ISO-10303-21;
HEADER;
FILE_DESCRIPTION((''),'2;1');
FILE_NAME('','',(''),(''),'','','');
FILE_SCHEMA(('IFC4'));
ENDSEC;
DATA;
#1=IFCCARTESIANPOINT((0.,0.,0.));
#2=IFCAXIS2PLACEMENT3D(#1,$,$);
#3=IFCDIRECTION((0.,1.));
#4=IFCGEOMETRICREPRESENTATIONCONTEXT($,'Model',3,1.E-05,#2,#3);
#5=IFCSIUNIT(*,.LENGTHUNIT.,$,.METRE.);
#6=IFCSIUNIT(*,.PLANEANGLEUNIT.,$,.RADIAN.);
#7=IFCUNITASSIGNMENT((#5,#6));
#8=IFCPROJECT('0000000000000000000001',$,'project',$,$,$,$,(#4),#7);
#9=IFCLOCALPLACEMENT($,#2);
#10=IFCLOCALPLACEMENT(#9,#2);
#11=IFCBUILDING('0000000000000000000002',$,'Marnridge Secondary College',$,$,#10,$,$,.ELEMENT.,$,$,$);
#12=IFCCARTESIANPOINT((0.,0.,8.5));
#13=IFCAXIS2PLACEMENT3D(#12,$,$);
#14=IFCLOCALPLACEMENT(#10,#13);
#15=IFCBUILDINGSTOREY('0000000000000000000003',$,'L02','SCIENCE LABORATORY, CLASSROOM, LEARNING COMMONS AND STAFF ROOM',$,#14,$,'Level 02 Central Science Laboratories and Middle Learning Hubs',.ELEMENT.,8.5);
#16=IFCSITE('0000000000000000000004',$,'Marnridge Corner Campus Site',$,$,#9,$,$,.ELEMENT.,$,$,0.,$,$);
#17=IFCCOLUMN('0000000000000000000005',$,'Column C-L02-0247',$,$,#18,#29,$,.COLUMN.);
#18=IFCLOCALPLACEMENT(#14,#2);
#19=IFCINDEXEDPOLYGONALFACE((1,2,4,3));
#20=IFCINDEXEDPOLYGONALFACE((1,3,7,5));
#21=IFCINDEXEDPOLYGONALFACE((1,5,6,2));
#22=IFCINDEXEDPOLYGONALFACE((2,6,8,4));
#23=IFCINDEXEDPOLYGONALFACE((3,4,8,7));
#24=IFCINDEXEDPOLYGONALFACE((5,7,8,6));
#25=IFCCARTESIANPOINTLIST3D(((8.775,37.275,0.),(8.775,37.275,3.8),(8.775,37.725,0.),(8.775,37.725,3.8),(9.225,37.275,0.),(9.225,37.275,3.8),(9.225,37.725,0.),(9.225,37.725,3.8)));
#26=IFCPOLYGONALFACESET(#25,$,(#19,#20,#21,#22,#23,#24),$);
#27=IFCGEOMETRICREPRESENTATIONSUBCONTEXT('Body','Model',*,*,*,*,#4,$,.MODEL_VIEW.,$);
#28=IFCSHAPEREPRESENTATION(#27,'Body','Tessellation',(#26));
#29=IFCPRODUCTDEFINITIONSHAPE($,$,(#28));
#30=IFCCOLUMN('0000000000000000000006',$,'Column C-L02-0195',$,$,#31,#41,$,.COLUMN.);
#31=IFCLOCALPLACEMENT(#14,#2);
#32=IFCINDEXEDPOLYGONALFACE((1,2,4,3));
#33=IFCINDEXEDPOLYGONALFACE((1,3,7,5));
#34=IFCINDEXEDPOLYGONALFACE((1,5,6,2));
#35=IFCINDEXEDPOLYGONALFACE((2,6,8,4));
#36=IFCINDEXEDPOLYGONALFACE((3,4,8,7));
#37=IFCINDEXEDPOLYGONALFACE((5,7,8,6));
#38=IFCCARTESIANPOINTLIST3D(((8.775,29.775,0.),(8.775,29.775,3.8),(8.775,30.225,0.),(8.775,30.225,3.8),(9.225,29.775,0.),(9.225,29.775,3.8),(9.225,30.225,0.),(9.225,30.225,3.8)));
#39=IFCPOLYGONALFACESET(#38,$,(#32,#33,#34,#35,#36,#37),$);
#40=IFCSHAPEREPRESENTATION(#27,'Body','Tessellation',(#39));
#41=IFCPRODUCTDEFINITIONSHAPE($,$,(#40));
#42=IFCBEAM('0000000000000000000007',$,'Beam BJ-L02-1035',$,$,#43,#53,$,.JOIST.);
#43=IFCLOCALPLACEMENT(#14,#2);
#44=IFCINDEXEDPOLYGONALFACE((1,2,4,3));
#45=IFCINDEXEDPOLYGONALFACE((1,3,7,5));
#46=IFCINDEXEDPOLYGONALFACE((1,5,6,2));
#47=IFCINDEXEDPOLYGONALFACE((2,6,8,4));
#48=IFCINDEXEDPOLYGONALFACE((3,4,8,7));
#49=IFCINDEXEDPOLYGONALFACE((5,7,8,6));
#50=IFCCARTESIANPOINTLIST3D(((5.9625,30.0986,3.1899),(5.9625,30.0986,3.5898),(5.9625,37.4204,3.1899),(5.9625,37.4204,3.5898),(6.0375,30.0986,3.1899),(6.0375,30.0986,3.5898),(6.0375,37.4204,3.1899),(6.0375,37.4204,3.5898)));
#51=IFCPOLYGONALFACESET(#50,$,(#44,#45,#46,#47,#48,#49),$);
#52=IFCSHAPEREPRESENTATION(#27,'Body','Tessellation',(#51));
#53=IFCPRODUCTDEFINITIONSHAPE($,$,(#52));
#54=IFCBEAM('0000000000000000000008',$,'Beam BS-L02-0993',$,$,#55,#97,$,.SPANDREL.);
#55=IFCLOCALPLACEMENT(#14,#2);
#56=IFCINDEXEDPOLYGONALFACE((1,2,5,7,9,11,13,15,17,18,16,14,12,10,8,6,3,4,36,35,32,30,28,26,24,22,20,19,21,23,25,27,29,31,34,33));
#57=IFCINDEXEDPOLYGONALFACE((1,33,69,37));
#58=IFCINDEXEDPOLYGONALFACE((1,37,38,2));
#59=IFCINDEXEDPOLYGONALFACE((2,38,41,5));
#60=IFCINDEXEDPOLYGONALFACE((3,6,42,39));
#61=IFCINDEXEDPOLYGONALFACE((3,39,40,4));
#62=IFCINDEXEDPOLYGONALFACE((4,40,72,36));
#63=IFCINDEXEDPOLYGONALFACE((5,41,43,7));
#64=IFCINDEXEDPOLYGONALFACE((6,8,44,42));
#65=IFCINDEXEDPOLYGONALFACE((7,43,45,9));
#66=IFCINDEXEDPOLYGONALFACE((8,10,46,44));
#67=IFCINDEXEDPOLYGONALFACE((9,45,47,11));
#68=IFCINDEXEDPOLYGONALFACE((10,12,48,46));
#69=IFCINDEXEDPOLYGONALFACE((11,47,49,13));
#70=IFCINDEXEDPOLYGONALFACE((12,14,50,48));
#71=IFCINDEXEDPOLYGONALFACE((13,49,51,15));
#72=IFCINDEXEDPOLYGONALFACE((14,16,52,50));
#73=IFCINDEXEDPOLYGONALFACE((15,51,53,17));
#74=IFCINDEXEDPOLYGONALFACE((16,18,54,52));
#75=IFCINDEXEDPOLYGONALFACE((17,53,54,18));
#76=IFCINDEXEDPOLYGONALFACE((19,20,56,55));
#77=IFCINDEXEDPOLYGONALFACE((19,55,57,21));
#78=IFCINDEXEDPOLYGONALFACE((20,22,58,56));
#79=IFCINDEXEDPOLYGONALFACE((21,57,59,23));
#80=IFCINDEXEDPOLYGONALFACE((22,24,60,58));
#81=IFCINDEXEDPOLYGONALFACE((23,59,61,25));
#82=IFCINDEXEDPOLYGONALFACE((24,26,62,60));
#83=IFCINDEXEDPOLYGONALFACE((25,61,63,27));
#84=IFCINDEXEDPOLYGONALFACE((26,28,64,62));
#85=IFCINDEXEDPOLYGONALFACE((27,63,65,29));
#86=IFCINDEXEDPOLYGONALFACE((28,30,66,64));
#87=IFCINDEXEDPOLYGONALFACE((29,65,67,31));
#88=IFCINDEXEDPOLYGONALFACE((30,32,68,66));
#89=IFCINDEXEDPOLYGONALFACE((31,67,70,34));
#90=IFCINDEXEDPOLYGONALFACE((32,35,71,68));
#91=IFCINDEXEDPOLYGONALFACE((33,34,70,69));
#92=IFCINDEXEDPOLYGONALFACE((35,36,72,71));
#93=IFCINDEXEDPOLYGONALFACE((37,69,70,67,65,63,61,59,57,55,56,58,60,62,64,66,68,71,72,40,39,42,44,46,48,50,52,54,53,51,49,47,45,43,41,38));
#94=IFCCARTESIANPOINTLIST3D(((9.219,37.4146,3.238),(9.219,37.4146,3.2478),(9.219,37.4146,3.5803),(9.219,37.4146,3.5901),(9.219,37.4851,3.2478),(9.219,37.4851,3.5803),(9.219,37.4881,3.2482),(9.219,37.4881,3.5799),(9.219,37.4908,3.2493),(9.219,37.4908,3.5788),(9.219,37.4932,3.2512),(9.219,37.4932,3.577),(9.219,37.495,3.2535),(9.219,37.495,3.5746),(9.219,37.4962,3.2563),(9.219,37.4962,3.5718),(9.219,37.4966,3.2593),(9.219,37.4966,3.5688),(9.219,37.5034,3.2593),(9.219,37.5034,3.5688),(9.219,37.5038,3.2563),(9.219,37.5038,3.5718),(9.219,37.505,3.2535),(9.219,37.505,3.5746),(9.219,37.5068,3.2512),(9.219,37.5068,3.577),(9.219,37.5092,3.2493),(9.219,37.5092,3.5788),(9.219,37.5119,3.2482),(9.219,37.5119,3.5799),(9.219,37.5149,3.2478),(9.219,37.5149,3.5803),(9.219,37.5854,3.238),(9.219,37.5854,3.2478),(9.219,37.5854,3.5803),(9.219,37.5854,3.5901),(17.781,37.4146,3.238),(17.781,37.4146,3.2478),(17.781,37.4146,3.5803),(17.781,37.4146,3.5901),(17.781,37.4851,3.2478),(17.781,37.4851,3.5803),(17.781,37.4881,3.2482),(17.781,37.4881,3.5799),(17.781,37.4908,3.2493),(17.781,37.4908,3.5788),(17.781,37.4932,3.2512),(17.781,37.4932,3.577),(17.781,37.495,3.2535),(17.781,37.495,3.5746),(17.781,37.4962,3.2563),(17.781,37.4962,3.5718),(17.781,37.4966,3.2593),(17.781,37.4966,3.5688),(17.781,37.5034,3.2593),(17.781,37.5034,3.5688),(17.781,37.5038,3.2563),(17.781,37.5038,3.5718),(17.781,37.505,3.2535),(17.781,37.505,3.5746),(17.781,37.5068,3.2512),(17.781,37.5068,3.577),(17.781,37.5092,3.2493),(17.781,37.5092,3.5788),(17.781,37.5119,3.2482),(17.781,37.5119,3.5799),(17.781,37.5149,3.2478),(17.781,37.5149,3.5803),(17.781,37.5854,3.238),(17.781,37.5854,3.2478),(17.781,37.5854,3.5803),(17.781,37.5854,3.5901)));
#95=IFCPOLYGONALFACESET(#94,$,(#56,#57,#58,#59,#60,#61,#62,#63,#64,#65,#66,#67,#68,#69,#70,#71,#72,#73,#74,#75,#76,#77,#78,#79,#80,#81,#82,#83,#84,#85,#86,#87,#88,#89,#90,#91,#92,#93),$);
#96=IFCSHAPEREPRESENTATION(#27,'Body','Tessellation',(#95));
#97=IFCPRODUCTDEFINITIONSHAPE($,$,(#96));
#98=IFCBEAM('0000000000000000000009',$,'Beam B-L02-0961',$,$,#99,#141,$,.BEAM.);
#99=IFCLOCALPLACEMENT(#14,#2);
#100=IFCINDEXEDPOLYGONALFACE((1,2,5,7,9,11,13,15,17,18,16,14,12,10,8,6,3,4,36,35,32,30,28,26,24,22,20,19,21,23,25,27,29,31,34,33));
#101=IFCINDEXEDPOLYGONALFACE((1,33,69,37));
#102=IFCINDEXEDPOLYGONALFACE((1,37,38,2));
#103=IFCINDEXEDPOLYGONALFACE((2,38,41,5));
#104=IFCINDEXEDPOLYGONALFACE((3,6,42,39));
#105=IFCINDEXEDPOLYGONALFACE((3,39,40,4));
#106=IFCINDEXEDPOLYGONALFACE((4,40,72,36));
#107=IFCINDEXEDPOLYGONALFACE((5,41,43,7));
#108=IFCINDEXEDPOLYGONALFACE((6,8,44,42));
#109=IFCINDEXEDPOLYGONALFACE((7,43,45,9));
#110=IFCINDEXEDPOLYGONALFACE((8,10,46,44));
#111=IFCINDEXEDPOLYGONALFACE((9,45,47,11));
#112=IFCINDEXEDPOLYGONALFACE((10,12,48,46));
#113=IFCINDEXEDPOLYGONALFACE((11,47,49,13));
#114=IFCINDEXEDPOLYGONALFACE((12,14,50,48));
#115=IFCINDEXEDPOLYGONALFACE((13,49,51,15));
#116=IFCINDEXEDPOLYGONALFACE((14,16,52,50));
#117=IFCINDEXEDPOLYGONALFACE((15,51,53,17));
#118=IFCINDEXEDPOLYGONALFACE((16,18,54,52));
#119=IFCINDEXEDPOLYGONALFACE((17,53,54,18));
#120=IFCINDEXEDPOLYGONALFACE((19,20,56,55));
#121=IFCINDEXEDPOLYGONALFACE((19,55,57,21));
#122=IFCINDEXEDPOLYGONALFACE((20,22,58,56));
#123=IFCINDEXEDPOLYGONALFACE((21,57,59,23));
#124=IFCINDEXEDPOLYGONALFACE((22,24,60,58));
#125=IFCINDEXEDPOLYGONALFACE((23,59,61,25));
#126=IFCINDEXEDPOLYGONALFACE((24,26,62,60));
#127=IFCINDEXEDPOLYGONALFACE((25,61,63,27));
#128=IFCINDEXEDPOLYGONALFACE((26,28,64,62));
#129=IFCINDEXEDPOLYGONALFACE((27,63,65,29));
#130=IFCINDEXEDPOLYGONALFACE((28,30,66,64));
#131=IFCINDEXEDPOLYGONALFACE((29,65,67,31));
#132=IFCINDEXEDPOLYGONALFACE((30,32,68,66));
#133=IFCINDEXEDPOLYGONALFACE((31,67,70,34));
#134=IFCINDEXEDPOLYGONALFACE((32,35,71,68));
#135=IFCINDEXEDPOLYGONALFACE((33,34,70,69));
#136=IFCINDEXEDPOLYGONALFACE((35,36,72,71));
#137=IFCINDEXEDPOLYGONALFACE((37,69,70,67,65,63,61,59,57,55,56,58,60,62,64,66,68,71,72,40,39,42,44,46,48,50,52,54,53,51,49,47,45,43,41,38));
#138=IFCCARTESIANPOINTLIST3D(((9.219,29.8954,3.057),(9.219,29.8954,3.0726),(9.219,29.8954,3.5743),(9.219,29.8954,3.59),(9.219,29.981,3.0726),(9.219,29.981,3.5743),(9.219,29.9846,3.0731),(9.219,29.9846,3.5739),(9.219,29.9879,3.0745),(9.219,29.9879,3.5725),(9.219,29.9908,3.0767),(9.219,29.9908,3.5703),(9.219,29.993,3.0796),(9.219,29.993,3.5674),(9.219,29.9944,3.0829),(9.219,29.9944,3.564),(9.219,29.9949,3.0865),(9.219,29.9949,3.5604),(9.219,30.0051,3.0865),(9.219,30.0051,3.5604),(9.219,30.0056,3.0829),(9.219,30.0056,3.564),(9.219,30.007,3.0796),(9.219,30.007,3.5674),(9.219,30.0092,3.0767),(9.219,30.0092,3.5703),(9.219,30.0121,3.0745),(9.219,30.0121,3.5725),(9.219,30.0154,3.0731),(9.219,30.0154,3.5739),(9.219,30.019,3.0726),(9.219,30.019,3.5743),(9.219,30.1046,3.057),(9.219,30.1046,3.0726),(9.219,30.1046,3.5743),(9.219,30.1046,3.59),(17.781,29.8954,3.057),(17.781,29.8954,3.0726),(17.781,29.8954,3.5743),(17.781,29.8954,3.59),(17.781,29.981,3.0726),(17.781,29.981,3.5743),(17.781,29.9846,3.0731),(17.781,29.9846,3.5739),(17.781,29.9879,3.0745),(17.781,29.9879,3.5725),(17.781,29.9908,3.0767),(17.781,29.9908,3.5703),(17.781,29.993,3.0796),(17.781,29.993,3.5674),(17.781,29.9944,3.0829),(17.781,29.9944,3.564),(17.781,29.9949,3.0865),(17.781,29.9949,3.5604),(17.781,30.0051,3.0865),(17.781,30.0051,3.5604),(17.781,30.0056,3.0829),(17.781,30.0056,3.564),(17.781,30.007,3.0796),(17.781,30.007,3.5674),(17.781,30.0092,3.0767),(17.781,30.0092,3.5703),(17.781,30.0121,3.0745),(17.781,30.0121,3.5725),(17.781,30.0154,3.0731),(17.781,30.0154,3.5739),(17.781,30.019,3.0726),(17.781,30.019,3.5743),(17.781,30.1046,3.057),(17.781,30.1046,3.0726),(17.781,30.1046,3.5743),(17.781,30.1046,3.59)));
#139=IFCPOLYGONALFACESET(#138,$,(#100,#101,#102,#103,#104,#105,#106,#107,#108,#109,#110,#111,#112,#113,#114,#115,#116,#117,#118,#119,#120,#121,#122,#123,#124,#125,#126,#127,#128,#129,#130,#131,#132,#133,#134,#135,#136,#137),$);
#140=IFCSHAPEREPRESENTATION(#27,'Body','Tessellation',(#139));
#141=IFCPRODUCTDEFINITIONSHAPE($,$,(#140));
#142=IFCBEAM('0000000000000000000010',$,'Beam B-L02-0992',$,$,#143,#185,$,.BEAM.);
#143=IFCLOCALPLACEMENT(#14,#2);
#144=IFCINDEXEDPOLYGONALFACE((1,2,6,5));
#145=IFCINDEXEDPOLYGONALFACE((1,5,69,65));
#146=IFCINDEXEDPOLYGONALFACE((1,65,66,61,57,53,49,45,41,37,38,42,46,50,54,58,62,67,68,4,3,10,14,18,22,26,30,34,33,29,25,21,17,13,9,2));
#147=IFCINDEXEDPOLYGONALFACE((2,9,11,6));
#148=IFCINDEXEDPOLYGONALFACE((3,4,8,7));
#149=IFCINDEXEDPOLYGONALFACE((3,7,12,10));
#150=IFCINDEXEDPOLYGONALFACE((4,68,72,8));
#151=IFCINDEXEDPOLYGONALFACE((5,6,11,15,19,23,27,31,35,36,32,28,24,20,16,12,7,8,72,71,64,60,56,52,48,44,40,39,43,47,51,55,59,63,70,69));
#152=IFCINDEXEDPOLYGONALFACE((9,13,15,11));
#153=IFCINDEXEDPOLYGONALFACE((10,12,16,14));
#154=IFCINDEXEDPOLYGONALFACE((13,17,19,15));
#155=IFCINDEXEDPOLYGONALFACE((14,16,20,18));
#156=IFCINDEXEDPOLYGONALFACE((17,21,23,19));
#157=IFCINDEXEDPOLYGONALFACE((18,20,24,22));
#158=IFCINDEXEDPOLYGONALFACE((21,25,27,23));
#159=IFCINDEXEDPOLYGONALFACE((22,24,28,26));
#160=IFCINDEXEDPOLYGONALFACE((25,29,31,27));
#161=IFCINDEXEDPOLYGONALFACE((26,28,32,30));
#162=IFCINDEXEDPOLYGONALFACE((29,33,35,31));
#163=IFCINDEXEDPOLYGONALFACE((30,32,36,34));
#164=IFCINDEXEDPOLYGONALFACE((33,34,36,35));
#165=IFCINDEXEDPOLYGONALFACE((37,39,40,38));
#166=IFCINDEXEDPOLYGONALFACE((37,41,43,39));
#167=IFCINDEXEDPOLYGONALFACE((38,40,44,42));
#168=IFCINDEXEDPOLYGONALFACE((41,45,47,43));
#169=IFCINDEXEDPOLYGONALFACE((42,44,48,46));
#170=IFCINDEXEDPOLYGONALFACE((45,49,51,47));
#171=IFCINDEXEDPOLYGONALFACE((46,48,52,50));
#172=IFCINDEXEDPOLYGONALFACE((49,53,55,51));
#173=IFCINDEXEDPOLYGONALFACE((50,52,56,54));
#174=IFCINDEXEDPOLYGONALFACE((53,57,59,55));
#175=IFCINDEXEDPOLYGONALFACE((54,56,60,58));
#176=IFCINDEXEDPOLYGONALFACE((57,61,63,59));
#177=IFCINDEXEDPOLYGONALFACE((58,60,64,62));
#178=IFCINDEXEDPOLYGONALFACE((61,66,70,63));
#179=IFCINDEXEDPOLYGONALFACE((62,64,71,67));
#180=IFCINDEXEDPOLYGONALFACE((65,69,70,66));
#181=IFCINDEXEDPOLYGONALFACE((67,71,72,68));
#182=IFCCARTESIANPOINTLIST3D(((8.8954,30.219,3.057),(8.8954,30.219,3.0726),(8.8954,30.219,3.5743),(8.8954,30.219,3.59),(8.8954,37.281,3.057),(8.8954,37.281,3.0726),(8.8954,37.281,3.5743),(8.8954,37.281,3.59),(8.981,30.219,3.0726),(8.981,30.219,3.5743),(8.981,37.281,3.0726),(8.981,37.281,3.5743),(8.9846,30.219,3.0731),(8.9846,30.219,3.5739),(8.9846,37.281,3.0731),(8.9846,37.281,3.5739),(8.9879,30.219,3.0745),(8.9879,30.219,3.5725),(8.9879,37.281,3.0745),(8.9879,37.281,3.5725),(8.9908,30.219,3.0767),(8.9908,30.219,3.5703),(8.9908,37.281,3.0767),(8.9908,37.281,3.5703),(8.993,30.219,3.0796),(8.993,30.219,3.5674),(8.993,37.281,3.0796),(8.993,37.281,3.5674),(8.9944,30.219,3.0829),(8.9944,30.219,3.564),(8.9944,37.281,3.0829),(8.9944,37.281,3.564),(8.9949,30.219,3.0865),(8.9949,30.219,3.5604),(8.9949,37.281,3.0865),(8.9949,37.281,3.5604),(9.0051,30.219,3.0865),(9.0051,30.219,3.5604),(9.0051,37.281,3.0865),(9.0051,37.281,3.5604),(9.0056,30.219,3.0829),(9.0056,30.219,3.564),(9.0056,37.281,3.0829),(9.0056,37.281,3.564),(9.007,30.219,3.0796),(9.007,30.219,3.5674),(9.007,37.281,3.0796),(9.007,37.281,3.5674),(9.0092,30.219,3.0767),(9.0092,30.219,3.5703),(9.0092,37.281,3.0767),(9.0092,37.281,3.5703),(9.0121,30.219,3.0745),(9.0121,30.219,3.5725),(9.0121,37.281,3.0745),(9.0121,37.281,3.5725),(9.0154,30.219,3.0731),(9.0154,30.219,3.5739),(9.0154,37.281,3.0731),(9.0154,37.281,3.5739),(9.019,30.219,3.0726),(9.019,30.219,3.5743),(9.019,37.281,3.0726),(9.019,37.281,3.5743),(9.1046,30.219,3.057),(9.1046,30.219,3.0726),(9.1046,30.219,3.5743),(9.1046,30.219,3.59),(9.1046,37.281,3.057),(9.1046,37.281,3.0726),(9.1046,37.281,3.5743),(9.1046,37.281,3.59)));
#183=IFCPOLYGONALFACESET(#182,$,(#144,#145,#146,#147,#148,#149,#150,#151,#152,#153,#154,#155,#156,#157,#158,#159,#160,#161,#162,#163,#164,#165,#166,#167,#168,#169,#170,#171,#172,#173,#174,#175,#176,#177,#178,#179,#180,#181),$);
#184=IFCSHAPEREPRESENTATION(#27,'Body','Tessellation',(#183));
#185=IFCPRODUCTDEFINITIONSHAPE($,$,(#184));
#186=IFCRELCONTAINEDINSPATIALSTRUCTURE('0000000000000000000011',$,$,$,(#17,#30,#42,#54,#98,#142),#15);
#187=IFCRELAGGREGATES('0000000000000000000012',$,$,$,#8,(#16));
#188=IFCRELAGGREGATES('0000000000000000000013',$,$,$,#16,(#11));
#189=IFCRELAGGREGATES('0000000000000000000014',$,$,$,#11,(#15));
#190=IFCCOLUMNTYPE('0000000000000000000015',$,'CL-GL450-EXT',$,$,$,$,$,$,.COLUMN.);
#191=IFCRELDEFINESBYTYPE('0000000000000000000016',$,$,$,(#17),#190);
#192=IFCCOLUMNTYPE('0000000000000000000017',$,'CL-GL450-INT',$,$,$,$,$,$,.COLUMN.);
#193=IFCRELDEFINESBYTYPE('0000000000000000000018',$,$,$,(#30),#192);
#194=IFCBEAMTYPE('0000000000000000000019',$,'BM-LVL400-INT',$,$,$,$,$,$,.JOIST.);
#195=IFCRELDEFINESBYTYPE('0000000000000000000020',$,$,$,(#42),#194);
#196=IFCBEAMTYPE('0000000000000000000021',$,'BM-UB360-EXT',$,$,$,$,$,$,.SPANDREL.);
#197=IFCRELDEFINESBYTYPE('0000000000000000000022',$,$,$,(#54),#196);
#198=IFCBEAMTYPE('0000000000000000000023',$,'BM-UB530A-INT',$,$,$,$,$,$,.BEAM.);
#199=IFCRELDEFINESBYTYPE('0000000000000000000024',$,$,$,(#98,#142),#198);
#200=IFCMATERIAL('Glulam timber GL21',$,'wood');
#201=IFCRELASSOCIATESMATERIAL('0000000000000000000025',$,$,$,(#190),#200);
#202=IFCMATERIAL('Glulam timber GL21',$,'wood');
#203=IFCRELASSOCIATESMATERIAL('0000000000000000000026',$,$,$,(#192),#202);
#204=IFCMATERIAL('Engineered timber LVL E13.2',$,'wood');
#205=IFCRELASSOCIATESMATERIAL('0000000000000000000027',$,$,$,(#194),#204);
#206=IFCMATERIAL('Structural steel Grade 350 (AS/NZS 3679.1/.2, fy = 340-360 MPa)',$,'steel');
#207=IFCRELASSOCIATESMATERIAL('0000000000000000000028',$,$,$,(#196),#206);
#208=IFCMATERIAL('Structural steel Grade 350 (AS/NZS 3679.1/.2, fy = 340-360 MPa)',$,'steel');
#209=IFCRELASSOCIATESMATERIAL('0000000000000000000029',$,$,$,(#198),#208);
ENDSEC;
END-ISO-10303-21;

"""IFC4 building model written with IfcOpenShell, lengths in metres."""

from ifc_helpers import new_model, si_unit, direction, frame, origin, origin_2d, place, context, subcontext, project, spatial, rectangle, i_section, extrude, material, material_profile, profile_set, type_object, element, save


model = new_model("IFC4")

# Units and contexts
model_context = context("Model", 3, precision=1e-05, world=origin(), true_north=direction((0.0, 1.0)))
body_context = subcontext(model_context, "Body", "Model", "MODEL_VIEW")
ifc_project = project(units=[si_unit("LENGTHUNIT", "METRE"), si_unit("PLANEANGLEUNIT", "RADIAN")], contexts=[model_context])

# Site, building, storey
site_placement = place(None, origin())
site = spatial("IfcSite", under=ifc_project, at=site_placement, Name="Marnridge Corner Campus Site", CompositionType="ELEMENT", RefElevation=0.0)
building_placement = place(site_placement, origin())
building = spatial("IfcBuilding", under=site, at=building_placement, Name="Marnridge Secondary College", CompositionType="ELEMENT")
storey_placement = place(building_placement, frame((0.0, 0.0, 8.5)))
storey = spatial("IfcBuildingStorey", under=building, at=storey_placement, Name="L02", Description="SCIENCE LABORATORY, CLASSROOM, LEARNING COMMONS AND STAFF ROOM", LongName="Level 02 Central Science Laboratories and Middle Learning Hubs", CompositionType="ELEMENT", Elevation=8.5)

# Columns
ifc_material_1 = material(Name="Glulam timber GL21", Category="wood")
ifc_material_profile_1 = material_profile(ifc_material_1, rectangle(XDim=0.45, YDim=0.45, at=origin_2d()), Name="GL21 450x450")
ifc_profile_set_1 = profile_set([ifc_material_profile_1], Name="Glulam timber GL21")
column_type_1 = type_object("IfcColumnType", Name="CL-GL450-EXT", PredefinedType="COLUMN", material=ifc_profile_set_1)
column_1_placement = place(storey_placement, frame((9.0, 37.5, 0.0), z_axis=(0.0, 0.0, 1.0), x_axis=(1.0, 0.0, 0.0)))
element("IfcColumn", 1, at=column_1_placement, inside=storey, type_object=column_type_1, Name="Column C-L02-0247", PredefinedType="COLUMN", context=body_context, shape_type="SweptSolid", body=[
    extrude(rectangle(XDim=0.45, YDim=0.45, at=origin_2d()), origin(), (0.0, 0.0, 1.0), 3.8),
])
ifc_material_2 = material(Name="Glulam timber GL21", Category="wood")
ifc_material_profile_2 = material_profile(ifc_material_2, rectangle(XDim=0.45, YDim=0.45, at=origin_2d()), Name="GL21 450x450")
ifc_profile_set_2 = profile_set([ifc_material_profile_2], Name="Glulam timber GL21")
column_type_2 = type_object("IfcColumnType", Name="CL-GL450-INT", PredefinedType="COLUMN", material=ifc_profile_set_2)
column_2_placement = place(storey_placement, frame((9.0, 30.0, 0.0), z_axis=(0.0, 0.0, 1.0), x_axis=(1.0, 0.0, 0.0)))
element("IfcColumn", 2, at=column_2_placement, inside=storey, type_object=column_type_2, Name="Column C-L02-0195", PredefinedType="COLUMN", context=body_context, shape_type="SweptSolid", body=[
    extrude(rectangle(XDim=0.45, YDim=0.45, at=origin_2d()), origin(), (0.0, 0.0, 1.0), 3.8),
])

# Beams
ifc_material_3 = material(Name="Engineered timber LVL E13.2", Category="wood")
ifc_material_profile_3 = material_profile(ifc_material_3, rectangle(XDim=0.075, YDim=0.3999, at=origin_2d()), Name="LVL 75x400")
ifc_profile_set_3 = profile_set([ifc_material_profile_3], Name="Engineered timber LVL E13.2")
beam_type_1 = type_object("IfcBeamType", Name="BM-LVL400-INT", PredefinedType="JOIST", material=ifc_profile_set_3)
beam_1_placement = place(storey_placement, frame((6.0, 30.0986, 3.3899), z_axis=(0.0, 1.0, 0.0), x_axis=(-1.0, 0.0, 0.0)))
element("IfcBeam", 3, at=beam_1_placement, inside=storey, type_object=beam_type_1, Name="Beam BJ-L02-1035", PredefinedType="JOIST", context=body_context, shape_type="SweptSolid", body=[
    extrude(rectangle(XDim=0.075, YDim=0.3999, at=origin_2d()), origin(), (0.0, 0.0, 1.0), 7.3218),
])
ifc_material_4 = material(Name="Structural steel Grade 350 (AS/NZS 3679.1/.2, fy = 340-360 MPa)", Category="steel")
ifc_material_profile_4 = material_profile(ifc_material_4, i_section(OverallWidth=0.1709, OverallDepth=0.3521, WebThickness=0.0068, FlangeThickness=0.0098, FilletRadius=0.0115, at=origin_2d()), Name="360UB44.7")
ifc_profile_set_4 = profile_set([ifc_material_profile_4], Name="Structural steel Grade 350 (AS/NZS 3679.1/.2, fy = 340-360 MPa)")
beam_type_2 = type_object("IfcBeamType", Name="BM-UB360-EXT", PredefinedType="SPANDREL", material=ifc_profile_set_4)
beam_2_placement = place(storey_placement, frame((9.219, 37.5, 3.4141), z_axis=(1.0, 0.0, 0.0), x_axis=(0.0, 1.0, 0.0)))
element("IfcBeam", 4, at=beam_2_placement, inside=storey, type_object=beam_type_2, Name="Beam BS-L02-0993", PredefinedType="SPANDREL", context=body_context, shape_type="SweptSolid", body=[
    extrude(i_section(OverallWidth=0.1709, OverallDepth=0.3521, WebThickness=0.0068, FlangeThickness=0.0098, FilletRadius=0.0115, at=origin_2d()), origin(), (0.0, 0.0, 1.0), 8.562),
])
ifc_material_5 = material(Name="Structural steel Grade 350 (AS/NZS 3679.1/.2, fy = 340-360 MPa)", Category="steel")
ifc_material_profile_5 = material_profile(ifc_material_5, i_section(OverallWidth=0.2092, OverallDepth=0.533, WebThickness=0.0103, FlangeThickness=0.0156, FilletRadius=0.0139, at=origin_2d()), Name="530UB92.4")
ifc_profile_set_5 = profile_set([ifc_material_profile_5], Name="Structural steel Grade 350 (AS/NZS 3679.1/.2, fy = 340-360 MPa)")
beam_type_3 = type_object("IfcBeamType", Name="BM-UB530A-INT", PredefinedType="BEAM", material=ifc_profile_set_5)
beam_3_placement = place(storey_placement, frame((9.219, 30.0, 3.3235), z_axis=(1.0, 0.0, 0.0), x_axis=(0.0, 1.0, 0.0)))
element("IfcBeam", 5, at=beam_3_placement, inside=storey, type_object=beam_type_3, Name="Beam B-L02-0961", PredefinedType="BEAM", context=body_context, shape_type="SweptSolid", body=[
    extrude(i_section(OverallWidth=0.2092, OverallDepth=0.533, WebThickness=0.0103, FlangeThickness=0.0156, FilletRadius=0.0139, at=origin_2d()), origin(), (0.0, 0.0, 1.0), 8.562),
])
beam_4_placement = place(storey_placement, frame((9.0, 30.219, 3.3235), z_axis=(0.0, 1.0, 0.0), x_axis=(-1.0, 0.0, 0.0)))
element("IfcBeam", 6, at=beam_4_placement, inside=storey, type_object=beam_type_3, Name="Beam B-L02-0992", PredefinedType="BEAM", context=body_context, shape_type="SweptSolid", body=[
    extrude(i_section(OverallWidth=0.2092, OverallDepth=0.533, WebThickness=0.0103, FlangeThickness=0.0156, FilletRadius=0.0139, at=origin_2d()), origin(), (0.0, 0.0, 1.0), 7.062),
])

save(model, "model.ifc")
